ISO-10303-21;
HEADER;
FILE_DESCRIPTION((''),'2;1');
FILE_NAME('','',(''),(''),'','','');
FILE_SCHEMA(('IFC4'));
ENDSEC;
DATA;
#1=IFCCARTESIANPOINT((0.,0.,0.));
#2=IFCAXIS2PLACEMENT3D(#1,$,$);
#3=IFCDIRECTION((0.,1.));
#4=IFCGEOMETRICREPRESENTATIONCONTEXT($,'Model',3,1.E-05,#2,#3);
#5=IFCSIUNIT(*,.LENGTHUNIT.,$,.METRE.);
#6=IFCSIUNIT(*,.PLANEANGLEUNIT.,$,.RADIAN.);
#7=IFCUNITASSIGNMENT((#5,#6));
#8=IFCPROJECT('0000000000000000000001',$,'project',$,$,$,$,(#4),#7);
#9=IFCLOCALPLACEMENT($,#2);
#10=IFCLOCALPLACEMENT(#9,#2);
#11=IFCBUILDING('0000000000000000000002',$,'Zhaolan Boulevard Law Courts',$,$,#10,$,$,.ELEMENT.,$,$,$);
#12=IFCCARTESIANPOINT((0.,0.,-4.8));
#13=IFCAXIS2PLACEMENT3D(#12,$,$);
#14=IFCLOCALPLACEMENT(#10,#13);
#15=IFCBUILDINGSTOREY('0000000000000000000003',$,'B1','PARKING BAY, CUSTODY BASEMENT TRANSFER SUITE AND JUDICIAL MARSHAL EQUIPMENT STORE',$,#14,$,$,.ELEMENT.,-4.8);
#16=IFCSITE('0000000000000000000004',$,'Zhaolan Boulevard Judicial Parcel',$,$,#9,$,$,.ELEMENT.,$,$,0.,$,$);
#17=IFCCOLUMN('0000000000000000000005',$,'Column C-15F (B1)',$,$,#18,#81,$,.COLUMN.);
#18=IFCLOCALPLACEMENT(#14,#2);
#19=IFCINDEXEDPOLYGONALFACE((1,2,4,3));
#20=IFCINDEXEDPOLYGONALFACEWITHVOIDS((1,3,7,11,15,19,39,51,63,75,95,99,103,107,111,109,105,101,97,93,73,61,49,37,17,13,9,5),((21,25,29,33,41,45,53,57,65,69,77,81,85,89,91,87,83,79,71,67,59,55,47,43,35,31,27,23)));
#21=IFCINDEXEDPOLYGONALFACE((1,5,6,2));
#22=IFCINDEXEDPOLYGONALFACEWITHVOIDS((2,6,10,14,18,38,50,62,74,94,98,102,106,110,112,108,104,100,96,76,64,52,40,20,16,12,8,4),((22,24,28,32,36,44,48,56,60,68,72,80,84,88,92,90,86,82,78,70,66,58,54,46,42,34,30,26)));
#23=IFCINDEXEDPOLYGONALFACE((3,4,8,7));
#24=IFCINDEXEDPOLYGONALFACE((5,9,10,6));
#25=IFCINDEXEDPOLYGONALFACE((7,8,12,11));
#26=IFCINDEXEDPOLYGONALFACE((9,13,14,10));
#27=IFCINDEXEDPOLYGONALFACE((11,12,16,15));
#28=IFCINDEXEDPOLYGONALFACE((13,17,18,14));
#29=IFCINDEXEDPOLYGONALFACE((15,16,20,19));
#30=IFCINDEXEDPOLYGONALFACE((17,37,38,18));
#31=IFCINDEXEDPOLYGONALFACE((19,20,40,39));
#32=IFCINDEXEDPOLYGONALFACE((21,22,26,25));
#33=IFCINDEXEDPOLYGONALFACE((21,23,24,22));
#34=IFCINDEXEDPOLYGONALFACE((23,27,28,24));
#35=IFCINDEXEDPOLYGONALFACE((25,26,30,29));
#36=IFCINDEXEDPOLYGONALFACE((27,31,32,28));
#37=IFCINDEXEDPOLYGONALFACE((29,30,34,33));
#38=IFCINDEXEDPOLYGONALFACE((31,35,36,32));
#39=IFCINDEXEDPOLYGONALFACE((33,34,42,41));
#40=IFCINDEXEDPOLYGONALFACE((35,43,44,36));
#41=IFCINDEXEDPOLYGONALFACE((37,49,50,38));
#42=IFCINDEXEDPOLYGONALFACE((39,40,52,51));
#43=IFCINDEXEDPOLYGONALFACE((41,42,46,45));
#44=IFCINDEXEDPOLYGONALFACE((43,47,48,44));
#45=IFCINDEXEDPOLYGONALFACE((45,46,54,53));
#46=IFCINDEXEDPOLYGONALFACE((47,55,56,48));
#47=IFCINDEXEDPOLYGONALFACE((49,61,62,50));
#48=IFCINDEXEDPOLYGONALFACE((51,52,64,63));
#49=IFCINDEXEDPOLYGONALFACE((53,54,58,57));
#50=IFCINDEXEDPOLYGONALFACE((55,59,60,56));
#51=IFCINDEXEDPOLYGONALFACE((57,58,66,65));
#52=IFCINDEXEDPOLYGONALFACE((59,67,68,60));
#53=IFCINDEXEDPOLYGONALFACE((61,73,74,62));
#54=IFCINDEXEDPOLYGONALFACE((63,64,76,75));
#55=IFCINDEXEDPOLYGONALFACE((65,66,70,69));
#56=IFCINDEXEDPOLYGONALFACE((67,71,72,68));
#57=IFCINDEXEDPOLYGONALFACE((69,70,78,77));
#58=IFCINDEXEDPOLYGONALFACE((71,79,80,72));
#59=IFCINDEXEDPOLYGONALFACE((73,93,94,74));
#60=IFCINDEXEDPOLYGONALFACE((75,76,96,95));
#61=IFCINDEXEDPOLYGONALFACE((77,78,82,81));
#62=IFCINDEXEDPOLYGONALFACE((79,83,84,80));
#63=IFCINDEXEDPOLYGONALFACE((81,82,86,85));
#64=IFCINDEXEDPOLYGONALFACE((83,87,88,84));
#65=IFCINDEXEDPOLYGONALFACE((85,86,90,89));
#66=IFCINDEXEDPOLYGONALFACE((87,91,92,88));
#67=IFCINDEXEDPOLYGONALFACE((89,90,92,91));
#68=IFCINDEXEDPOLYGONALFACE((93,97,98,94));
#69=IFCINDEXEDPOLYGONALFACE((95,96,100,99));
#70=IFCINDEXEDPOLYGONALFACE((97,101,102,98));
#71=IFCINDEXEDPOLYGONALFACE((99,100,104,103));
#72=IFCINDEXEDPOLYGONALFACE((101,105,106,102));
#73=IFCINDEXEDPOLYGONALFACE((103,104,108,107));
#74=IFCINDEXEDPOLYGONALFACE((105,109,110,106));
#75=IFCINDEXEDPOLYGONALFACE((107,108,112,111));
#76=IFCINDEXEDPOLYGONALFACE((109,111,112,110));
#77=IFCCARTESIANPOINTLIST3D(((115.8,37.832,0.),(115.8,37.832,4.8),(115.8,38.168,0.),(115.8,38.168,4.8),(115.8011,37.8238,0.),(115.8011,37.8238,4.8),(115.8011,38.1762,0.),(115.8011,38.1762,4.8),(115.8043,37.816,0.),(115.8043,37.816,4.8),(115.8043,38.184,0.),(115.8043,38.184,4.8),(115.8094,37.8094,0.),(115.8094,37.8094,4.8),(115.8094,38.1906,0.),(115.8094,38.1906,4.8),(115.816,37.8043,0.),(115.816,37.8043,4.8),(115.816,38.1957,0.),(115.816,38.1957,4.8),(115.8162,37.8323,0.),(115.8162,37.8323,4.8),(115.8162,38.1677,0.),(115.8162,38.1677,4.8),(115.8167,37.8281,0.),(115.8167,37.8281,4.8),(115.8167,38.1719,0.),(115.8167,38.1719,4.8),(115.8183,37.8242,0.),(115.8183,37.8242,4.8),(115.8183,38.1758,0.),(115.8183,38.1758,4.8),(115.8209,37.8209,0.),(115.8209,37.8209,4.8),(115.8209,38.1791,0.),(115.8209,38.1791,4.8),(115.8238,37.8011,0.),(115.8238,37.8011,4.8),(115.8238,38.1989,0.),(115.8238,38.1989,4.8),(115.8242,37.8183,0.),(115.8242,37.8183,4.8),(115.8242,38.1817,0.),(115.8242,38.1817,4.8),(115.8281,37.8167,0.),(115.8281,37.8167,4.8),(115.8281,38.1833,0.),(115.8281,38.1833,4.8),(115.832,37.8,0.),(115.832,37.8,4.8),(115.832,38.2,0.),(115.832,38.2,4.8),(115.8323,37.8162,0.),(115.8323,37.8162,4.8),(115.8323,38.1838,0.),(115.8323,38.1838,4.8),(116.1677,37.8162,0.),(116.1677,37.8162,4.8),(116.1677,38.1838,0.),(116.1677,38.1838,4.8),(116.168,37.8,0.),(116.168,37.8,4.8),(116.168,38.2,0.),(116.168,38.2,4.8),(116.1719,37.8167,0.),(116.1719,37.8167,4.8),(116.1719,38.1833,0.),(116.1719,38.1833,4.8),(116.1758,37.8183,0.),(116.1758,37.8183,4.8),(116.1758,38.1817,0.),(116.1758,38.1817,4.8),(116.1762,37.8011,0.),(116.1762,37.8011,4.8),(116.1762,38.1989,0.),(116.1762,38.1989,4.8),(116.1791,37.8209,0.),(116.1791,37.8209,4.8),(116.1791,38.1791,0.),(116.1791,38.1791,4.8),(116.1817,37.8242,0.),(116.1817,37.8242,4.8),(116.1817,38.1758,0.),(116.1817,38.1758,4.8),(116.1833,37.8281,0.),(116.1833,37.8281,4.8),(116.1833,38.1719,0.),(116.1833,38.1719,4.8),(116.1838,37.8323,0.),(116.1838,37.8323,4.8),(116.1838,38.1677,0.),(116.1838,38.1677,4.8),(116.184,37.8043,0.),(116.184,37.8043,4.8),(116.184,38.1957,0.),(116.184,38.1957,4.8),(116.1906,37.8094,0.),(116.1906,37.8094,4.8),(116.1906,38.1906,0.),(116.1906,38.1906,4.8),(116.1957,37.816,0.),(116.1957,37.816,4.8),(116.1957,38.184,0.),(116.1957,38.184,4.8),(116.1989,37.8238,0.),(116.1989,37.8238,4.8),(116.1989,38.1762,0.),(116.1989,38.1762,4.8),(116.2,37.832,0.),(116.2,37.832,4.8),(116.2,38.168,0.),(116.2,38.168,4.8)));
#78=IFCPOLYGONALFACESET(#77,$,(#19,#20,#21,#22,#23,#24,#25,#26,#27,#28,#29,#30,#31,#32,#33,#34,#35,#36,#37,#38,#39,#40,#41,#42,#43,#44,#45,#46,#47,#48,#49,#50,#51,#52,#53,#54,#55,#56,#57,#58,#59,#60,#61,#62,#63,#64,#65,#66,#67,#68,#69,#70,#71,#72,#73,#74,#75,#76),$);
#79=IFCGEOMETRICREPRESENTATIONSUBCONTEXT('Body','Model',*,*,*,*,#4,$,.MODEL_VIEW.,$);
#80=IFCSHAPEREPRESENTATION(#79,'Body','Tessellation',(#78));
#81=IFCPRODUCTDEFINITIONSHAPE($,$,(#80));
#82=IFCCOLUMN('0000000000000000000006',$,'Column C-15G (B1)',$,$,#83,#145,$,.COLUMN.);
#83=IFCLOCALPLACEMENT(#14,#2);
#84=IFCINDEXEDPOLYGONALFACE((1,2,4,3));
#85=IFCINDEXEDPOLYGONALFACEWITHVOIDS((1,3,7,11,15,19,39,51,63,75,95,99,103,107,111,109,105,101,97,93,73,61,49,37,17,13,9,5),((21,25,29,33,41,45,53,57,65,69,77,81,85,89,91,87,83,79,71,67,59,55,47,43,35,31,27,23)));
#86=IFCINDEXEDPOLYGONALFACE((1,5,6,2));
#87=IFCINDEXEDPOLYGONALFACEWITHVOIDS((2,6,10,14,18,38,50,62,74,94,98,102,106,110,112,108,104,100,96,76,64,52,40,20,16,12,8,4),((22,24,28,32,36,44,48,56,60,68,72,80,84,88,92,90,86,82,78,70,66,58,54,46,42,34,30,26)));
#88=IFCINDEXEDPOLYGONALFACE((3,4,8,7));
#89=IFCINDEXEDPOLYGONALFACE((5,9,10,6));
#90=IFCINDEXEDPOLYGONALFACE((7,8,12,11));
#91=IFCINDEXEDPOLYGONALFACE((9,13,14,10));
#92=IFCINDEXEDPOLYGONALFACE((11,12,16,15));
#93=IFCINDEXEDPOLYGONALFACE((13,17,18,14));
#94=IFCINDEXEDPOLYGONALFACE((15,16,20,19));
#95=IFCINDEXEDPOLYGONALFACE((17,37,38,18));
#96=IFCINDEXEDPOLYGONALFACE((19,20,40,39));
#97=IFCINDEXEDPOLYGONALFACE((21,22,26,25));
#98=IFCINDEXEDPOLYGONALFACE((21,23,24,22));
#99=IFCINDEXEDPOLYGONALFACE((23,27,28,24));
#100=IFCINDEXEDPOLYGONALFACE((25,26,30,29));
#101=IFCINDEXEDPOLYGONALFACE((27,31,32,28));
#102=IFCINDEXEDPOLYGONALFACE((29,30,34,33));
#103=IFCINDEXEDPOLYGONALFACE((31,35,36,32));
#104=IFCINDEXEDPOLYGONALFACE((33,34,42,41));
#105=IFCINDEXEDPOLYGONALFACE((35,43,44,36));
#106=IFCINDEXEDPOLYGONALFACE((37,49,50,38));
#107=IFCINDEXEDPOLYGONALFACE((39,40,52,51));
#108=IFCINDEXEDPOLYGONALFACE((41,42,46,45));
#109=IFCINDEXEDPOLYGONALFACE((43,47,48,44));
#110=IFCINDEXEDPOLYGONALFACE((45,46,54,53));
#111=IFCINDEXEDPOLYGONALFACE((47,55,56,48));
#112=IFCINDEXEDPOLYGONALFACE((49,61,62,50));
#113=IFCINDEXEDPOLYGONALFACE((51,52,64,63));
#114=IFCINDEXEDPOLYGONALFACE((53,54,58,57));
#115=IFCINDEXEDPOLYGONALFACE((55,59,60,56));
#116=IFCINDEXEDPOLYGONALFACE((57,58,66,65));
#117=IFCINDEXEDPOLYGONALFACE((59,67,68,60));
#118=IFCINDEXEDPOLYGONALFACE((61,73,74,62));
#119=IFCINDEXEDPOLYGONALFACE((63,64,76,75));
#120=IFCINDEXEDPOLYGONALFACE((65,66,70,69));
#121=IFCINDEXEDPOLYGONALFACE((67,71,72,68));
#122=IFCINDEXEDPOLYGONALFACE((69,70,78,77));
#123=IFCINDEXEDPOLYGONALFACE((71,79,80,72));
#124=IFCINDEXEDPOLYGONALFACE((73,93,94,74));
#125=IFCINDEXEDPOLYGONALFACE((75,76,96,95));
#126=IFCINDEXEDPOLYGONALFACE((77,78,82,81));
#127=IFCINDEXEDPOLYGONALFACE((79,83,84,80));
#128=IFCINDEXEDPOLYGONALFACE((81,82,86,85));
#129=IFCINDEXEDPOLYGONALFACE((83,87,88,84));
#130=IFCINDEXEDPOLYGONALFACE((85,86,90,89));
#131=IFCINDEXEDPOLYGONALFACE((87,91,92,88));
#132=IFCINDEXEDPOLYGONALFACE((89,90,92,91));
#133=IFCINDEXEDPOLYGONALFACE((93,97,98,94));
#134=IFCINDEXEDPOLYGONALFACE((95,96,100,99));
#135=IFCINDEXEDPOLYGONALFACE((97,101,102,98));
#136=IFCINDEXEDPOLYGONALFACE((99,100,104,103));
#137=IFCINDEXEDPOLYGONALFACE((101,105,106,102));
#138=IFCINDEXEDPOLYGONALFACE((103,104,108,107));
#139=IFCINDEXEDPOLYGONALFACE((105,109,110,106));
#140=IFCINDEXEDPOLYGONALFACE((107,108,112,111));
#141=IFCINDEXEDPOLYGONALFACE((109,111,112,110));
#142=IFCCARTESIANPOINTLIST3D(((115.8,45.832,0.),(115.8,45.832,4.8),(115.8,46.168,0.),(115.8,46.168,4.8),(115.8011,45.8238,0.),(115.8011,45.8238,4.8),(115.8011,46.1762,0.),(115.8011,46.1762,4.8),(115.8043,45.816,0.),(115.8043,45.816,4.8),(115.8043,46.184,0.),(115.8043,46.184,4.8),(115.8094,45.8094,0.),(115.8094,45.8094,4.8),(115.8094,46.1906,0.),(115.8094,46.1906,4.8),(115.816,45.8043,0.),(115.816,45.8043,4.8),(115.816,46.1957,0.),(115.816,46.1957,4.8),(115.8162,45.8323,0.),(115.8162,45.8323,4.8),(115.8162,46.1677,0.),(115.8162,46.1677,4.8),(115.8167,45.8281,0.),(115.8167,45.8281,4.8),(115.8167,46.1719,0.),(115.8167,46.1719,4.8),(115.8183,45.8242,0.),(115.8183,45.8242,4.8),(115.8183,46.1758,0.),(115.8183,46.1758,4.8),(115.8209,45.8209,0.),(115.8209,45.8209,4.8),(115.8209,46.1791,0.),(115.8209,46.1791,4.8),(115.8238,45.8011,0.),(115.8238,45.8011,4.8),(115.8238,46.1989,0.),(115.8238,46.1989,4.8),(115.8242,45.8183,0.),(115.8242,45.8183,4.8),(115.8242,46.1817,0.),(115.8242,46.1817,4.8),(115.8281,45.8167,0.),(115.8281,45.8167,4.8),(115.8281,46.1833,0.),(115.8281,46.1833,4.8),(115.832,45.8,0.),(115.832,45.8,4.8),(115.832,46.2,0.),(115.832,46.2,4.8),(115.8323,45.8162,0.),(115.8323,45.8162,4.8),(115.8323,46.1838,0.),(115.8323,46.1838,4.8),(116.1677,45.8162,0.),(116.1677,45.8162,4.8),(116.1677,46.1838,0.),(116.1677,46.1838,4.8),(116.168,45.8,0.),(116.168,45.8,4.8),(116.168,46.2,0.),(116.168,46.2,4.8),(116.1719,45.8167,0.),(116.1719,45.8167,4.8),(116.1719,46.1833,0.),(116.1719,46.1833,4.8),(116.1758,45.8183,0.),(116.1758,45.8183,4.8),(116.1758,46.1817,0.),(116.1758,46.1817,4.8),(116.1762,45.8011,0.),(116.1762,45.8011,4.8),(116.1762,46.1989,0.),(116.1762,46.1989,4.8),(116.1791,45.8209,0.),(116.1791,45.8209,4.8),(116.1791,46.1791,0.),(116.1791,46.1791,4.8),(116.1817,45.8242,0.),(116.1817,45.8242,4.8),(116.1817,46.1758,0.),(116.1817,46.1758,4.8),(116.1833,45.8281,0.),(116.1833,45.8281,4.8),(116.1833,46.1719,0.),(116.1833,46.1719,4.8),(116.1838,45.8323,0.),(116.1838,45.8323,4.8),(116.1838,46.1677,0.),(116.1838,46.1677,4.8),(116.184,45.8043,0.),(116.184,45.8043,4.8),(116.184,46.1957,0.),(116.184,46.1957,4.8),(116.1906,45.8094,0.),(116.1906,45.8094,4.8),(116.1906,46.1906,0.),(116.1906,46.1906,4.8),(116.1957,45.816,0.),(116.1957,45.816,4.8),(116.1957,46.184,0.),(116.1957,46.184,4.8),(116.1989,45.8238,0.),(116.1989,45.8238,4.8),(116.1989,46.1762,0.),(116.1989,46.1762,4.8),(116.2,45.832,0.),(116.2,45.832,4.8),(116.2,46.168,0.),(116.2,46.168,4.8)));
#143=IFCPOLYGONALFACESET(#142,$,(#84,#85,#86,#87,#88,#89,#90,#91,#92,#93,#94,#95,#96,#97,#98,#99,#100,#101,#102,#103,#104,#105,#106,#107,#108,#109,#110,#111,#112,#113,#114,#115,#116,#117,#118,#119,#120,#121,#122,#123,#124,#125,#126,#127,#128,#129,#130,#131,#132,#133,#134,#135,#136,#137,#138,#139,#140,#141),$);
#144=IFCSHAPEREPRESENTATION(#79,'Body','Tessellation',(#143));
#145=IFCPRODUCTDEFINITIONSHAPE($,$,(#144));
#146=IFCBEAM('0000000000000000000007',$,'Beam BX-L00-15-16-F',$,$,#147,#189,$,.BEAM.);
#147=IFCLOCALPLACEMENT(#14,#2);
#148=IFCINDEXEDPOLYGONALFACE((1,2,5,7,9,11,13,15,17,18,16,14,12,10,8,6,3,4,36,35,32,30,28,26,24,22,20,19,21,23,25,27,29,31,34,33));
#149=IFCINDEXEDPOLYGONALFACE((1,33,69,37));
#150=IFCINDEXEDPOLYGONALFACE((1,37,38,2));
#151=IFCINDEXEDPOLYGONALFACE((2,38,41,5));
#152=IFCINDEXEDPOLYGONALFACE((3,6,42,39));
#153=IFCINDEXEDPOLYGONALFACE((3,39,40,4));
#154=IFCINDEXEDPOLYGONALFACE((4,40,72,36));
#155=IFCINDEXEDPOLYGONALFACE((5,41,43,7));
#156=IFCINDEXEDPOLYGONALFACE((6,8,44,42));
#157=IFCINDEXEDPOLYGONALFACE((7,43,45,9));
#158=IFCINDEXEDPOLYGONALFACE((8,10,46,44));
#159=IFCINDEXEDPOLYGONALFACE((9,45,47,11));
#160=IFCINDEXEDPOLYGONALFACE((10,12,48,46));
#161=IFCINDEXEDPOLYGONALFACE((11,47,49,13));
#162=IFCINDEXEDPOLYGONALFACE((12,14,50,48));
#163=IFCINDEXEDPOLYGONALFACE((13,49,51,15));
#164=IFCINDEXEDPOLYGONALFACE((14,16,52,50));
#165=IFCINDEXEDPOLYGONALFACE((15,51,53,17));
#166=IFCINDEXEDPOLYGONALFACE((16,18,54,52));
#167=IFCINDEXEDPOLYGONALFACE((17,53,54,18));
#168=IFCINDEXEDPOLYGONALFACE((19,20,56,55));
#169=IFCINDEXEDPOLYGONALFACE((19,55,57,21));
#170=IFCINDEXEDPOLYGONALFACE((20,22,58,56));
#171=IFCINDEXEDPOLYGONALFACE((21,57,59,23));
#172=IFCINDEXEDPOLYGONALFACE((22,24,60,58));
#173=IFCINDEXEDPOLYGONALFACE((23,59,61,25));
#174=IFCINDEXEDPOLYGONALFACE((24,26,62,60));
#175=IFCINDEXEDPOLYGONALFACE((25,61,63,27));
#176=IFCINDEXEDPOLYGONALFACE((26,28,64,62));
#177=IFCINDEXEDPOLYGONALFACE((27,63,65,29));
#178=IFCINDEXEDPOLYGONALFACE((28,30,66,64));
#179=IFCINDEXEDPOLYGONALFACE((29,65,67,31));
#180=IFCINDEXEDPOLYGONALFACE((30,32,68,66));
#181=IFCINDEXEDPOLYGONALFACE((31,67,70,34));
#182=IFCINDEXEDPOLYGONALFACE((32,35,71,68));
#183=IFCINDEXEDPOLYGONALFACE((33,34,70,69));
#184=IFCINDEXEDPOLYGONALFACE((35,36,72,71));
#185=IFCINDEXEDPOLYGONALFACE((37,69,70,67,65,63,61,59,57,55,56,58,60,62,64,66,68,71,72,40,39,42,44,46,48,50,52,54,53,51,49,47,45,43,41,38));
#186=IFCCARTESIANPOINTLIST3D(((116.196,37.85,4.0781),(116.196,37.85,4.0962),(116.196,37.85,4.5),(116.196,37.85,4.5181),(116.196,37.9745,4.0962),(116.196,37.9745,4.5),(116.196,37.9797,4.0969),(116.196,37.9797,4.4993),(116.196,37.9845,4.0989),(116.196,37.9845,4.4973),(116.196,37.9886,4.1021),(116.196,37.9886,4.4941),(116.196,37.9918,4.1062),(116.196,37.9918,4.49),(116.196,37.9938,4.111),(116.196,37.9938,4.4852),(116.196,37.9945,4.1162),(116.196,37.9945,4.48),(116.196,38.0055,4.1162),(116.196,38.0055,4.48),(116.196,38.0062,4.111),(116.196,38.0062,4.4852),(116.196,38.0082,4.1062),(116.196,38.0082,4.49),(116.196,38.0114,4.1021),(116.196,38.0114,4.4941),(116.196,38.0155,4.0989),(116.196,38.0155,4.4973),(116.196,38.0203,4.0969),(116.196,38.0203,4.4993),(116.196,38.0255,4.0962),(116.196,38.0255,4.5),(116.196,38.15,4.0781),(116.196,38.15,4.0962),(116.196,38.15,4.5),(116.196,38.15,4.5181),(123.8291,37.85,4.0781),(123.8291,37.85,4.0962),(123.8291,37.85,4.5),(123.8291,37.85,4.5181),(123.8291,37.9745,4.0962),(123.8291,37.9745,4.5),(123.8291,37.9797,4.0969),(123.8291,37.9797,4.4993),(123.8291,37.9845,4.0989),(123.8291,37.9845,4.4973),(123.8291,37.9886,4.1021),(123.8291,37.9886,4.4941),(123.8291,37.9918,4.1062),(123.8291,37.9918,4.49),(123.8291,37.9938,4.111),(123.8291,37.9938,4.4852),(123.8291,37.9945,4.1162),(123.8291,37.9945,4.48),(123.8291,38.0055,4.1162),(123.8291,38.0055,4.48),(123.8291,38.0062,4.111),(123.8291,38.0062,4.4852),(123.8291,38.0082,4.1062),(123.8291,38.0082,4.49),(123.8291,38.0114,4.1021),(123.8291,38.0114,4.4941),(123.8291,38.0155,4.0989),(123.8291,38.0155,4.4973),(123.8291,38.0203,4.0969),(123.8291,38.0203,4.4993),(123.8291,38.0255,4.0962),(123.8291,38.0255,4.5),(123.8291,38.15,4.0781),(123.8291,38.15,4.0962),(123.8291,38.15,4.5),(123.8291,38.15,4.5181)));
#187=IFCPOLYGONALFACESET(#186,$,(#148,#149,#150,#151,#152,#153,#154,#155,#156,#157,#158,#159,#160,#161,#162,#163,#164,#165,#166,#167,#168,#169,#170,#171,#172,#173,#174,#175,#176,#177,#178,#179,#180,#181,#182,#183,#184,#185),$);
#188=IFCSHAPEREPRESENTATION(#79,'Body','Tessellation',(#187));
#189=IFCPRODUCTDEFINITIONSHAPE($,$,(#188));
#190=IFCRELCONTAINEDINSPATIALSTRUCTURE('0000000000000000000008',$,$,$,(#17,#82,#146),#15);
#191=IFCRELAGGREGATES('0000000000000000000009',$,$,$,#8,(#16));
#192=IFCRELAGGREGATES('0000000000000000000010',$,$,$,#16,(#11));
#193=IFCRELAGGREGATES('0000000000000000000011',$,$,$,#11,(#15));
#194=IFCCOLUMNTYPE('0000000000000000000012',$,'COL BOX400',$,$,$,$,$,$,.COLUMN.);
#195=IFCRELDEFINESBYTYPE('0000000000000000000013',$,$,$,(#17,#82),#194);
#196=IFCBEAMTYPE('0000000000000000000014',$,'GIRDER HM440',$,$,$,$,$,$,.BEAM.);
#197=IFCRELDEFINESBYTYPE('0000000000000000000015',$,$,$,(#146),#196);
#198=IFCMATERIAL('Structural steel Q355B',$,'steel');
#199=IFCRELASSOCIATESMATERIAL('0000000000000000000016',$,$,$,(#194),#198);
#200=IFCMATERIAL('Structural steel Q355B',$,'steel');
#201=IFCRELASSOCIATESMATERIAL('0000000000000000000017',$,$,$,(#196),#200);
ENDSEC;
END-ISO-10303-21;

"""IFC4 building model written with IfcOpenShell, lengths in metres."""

from ifc_helpers import new_model, si_unit, direction, frame, origin, origin_2d, place, context, subcontext, project, spatial, hollow_rectangle, i_section, extrude, material, material_profile, profile_set, type_object, element, save


model = new_model("IFC4")

# Units and contexts
model_context = context("Model", 3, precision=1e-05, world=origin(), true_north=direction((0.0, 1.0)))
body_context = subcontext(model_context, "Body", "Model", "MODEL_VIEW")
ifc_project = project(units=[si_unit("LENGTHUNIT", "METRE"), si_unit("PLANEANGLEUNIT", "RADIAN")], contexts=[model_context])

# Site, building, storey
site_placement = place(None, origin())
site = spatial("IfcSite", under=ifc_project, at=site_placement, Name="Zhaolan Boulevard Judicial Parcel", CompositionType="ELEMENT", RefElevation=0.0)
building_placement = place(site_placement, origin())
building = spatial("IfcBuilding", under=site, at=building_placement, Name="Zhaolan Boulevard Law Courts", CompositionType="ELEMENT")
storey_placement = place(building_placement, frame((0.0, 0.0, -4.8)))
storey = spatial("IfcBuildingStorey", under=building, at=storey_placement, Name="B1", Description="PARKING BAY, CUSTODY BASEMENT TRANSFER SUITE AND JUDICIAL MARSHAL EQUIPMENT STORE", CompositionType="ELEMENT", Elevation=-4.8)

# Columns
ifc_material_1 = material(Name="Structural steel Q355B", Category="steel")
ifc_material_profile_1 = material_profile(ifc_material_1, hollow_rectangle(XDim=0.3999, YDim=0.3999, WallThickness=0.0161, InnerFilletRadius=0.0161, OuterFilletRadius=0.032, at=origin_2d()), Name="BOX400x400x16")
ifc_profile_set_1 = profile_set([ifc_material_profile_1], Name="Structural steel Q355B")
column_type = type_object("IfcColumnType", Name="COL BOX400", PredefinedType="COLUMN", material=ifc_profile_set_1)
for number, where, z_axis, x_axis, name in (
    (1, (116.0, 38.0, 0.0), (0.0, 0.0, 1.0), (1.0, 0.0, 0.0), "Column C-15F (B1)"),
    (2, (116.0, 46.0, 0.0), (0.0, 0.0, 1.0), (1.0, 0.0, 0.0), "Column C-15G (B1)"),
):
    element("IfcColumn", number, at=place(storey_placement, frame(where, z_axis=z_axis, x_axis=x_axis)), inside=storey, type_object=column_type, Name=name, PredefinedType="COLUMN", context=body_context, shape_type="SweptSolid", body=[
        extrude(hollow_rectangle(XDim=0.3999, YDim=0.3999, WallThickness=0.0161, InnerFilletRadius=0.0161, OuterFilletRadius=0.032, at=origin_2d()), origin(), (0.0, 0.0, 1.0), 4.8),
    ])

# Beam
ifc_material_2 = material(Name="Structural steel Q355B", Category="steel")
ifc_material_profile_2 = material_profile(ifc_material_2, i_section(OverallWidth=0.3, OverallDepth=0.4399, WebThickness=0.011, FlangeThickness=0.0181, FilletRadius=0.02, at=origin_2d()), Name="HM440x300")
ifc_profile_set_2 = profile_set([ifc_material_profile_2], Name="Structural steel Q355B")
beam_type_1 = type_object("IfcBeamType", Name="GIRDER HM440", PredefinedType="BEAM", material=ifc_profile_set_2)
beam_1_placement = place(storey_placement, frame((116.196, 38.0, 4.2981), z_axis=(1.0, 0.0, 0.0), x_axis=(0.0, 1.0, 0.0)))
element("IfcBeam", 3, at=beam_1_placement, inside=storey, type_object=beam_type_1, Name="Beam BX-L00-15-16-F", PredefinedType="BEAM", context=body_context, shape_type="SweptSolid", body=[
    extrude(i_section(OverallWidth=0.3, OverallDepth=0.4399, WebThickness=0.011, FlangeThickness=0.0181, FilletRadius=0.02, at=origin_2d()), origin(), (0.0, 0.0, 1.0), 7.6331),
])

save(model, "model.ifc")
